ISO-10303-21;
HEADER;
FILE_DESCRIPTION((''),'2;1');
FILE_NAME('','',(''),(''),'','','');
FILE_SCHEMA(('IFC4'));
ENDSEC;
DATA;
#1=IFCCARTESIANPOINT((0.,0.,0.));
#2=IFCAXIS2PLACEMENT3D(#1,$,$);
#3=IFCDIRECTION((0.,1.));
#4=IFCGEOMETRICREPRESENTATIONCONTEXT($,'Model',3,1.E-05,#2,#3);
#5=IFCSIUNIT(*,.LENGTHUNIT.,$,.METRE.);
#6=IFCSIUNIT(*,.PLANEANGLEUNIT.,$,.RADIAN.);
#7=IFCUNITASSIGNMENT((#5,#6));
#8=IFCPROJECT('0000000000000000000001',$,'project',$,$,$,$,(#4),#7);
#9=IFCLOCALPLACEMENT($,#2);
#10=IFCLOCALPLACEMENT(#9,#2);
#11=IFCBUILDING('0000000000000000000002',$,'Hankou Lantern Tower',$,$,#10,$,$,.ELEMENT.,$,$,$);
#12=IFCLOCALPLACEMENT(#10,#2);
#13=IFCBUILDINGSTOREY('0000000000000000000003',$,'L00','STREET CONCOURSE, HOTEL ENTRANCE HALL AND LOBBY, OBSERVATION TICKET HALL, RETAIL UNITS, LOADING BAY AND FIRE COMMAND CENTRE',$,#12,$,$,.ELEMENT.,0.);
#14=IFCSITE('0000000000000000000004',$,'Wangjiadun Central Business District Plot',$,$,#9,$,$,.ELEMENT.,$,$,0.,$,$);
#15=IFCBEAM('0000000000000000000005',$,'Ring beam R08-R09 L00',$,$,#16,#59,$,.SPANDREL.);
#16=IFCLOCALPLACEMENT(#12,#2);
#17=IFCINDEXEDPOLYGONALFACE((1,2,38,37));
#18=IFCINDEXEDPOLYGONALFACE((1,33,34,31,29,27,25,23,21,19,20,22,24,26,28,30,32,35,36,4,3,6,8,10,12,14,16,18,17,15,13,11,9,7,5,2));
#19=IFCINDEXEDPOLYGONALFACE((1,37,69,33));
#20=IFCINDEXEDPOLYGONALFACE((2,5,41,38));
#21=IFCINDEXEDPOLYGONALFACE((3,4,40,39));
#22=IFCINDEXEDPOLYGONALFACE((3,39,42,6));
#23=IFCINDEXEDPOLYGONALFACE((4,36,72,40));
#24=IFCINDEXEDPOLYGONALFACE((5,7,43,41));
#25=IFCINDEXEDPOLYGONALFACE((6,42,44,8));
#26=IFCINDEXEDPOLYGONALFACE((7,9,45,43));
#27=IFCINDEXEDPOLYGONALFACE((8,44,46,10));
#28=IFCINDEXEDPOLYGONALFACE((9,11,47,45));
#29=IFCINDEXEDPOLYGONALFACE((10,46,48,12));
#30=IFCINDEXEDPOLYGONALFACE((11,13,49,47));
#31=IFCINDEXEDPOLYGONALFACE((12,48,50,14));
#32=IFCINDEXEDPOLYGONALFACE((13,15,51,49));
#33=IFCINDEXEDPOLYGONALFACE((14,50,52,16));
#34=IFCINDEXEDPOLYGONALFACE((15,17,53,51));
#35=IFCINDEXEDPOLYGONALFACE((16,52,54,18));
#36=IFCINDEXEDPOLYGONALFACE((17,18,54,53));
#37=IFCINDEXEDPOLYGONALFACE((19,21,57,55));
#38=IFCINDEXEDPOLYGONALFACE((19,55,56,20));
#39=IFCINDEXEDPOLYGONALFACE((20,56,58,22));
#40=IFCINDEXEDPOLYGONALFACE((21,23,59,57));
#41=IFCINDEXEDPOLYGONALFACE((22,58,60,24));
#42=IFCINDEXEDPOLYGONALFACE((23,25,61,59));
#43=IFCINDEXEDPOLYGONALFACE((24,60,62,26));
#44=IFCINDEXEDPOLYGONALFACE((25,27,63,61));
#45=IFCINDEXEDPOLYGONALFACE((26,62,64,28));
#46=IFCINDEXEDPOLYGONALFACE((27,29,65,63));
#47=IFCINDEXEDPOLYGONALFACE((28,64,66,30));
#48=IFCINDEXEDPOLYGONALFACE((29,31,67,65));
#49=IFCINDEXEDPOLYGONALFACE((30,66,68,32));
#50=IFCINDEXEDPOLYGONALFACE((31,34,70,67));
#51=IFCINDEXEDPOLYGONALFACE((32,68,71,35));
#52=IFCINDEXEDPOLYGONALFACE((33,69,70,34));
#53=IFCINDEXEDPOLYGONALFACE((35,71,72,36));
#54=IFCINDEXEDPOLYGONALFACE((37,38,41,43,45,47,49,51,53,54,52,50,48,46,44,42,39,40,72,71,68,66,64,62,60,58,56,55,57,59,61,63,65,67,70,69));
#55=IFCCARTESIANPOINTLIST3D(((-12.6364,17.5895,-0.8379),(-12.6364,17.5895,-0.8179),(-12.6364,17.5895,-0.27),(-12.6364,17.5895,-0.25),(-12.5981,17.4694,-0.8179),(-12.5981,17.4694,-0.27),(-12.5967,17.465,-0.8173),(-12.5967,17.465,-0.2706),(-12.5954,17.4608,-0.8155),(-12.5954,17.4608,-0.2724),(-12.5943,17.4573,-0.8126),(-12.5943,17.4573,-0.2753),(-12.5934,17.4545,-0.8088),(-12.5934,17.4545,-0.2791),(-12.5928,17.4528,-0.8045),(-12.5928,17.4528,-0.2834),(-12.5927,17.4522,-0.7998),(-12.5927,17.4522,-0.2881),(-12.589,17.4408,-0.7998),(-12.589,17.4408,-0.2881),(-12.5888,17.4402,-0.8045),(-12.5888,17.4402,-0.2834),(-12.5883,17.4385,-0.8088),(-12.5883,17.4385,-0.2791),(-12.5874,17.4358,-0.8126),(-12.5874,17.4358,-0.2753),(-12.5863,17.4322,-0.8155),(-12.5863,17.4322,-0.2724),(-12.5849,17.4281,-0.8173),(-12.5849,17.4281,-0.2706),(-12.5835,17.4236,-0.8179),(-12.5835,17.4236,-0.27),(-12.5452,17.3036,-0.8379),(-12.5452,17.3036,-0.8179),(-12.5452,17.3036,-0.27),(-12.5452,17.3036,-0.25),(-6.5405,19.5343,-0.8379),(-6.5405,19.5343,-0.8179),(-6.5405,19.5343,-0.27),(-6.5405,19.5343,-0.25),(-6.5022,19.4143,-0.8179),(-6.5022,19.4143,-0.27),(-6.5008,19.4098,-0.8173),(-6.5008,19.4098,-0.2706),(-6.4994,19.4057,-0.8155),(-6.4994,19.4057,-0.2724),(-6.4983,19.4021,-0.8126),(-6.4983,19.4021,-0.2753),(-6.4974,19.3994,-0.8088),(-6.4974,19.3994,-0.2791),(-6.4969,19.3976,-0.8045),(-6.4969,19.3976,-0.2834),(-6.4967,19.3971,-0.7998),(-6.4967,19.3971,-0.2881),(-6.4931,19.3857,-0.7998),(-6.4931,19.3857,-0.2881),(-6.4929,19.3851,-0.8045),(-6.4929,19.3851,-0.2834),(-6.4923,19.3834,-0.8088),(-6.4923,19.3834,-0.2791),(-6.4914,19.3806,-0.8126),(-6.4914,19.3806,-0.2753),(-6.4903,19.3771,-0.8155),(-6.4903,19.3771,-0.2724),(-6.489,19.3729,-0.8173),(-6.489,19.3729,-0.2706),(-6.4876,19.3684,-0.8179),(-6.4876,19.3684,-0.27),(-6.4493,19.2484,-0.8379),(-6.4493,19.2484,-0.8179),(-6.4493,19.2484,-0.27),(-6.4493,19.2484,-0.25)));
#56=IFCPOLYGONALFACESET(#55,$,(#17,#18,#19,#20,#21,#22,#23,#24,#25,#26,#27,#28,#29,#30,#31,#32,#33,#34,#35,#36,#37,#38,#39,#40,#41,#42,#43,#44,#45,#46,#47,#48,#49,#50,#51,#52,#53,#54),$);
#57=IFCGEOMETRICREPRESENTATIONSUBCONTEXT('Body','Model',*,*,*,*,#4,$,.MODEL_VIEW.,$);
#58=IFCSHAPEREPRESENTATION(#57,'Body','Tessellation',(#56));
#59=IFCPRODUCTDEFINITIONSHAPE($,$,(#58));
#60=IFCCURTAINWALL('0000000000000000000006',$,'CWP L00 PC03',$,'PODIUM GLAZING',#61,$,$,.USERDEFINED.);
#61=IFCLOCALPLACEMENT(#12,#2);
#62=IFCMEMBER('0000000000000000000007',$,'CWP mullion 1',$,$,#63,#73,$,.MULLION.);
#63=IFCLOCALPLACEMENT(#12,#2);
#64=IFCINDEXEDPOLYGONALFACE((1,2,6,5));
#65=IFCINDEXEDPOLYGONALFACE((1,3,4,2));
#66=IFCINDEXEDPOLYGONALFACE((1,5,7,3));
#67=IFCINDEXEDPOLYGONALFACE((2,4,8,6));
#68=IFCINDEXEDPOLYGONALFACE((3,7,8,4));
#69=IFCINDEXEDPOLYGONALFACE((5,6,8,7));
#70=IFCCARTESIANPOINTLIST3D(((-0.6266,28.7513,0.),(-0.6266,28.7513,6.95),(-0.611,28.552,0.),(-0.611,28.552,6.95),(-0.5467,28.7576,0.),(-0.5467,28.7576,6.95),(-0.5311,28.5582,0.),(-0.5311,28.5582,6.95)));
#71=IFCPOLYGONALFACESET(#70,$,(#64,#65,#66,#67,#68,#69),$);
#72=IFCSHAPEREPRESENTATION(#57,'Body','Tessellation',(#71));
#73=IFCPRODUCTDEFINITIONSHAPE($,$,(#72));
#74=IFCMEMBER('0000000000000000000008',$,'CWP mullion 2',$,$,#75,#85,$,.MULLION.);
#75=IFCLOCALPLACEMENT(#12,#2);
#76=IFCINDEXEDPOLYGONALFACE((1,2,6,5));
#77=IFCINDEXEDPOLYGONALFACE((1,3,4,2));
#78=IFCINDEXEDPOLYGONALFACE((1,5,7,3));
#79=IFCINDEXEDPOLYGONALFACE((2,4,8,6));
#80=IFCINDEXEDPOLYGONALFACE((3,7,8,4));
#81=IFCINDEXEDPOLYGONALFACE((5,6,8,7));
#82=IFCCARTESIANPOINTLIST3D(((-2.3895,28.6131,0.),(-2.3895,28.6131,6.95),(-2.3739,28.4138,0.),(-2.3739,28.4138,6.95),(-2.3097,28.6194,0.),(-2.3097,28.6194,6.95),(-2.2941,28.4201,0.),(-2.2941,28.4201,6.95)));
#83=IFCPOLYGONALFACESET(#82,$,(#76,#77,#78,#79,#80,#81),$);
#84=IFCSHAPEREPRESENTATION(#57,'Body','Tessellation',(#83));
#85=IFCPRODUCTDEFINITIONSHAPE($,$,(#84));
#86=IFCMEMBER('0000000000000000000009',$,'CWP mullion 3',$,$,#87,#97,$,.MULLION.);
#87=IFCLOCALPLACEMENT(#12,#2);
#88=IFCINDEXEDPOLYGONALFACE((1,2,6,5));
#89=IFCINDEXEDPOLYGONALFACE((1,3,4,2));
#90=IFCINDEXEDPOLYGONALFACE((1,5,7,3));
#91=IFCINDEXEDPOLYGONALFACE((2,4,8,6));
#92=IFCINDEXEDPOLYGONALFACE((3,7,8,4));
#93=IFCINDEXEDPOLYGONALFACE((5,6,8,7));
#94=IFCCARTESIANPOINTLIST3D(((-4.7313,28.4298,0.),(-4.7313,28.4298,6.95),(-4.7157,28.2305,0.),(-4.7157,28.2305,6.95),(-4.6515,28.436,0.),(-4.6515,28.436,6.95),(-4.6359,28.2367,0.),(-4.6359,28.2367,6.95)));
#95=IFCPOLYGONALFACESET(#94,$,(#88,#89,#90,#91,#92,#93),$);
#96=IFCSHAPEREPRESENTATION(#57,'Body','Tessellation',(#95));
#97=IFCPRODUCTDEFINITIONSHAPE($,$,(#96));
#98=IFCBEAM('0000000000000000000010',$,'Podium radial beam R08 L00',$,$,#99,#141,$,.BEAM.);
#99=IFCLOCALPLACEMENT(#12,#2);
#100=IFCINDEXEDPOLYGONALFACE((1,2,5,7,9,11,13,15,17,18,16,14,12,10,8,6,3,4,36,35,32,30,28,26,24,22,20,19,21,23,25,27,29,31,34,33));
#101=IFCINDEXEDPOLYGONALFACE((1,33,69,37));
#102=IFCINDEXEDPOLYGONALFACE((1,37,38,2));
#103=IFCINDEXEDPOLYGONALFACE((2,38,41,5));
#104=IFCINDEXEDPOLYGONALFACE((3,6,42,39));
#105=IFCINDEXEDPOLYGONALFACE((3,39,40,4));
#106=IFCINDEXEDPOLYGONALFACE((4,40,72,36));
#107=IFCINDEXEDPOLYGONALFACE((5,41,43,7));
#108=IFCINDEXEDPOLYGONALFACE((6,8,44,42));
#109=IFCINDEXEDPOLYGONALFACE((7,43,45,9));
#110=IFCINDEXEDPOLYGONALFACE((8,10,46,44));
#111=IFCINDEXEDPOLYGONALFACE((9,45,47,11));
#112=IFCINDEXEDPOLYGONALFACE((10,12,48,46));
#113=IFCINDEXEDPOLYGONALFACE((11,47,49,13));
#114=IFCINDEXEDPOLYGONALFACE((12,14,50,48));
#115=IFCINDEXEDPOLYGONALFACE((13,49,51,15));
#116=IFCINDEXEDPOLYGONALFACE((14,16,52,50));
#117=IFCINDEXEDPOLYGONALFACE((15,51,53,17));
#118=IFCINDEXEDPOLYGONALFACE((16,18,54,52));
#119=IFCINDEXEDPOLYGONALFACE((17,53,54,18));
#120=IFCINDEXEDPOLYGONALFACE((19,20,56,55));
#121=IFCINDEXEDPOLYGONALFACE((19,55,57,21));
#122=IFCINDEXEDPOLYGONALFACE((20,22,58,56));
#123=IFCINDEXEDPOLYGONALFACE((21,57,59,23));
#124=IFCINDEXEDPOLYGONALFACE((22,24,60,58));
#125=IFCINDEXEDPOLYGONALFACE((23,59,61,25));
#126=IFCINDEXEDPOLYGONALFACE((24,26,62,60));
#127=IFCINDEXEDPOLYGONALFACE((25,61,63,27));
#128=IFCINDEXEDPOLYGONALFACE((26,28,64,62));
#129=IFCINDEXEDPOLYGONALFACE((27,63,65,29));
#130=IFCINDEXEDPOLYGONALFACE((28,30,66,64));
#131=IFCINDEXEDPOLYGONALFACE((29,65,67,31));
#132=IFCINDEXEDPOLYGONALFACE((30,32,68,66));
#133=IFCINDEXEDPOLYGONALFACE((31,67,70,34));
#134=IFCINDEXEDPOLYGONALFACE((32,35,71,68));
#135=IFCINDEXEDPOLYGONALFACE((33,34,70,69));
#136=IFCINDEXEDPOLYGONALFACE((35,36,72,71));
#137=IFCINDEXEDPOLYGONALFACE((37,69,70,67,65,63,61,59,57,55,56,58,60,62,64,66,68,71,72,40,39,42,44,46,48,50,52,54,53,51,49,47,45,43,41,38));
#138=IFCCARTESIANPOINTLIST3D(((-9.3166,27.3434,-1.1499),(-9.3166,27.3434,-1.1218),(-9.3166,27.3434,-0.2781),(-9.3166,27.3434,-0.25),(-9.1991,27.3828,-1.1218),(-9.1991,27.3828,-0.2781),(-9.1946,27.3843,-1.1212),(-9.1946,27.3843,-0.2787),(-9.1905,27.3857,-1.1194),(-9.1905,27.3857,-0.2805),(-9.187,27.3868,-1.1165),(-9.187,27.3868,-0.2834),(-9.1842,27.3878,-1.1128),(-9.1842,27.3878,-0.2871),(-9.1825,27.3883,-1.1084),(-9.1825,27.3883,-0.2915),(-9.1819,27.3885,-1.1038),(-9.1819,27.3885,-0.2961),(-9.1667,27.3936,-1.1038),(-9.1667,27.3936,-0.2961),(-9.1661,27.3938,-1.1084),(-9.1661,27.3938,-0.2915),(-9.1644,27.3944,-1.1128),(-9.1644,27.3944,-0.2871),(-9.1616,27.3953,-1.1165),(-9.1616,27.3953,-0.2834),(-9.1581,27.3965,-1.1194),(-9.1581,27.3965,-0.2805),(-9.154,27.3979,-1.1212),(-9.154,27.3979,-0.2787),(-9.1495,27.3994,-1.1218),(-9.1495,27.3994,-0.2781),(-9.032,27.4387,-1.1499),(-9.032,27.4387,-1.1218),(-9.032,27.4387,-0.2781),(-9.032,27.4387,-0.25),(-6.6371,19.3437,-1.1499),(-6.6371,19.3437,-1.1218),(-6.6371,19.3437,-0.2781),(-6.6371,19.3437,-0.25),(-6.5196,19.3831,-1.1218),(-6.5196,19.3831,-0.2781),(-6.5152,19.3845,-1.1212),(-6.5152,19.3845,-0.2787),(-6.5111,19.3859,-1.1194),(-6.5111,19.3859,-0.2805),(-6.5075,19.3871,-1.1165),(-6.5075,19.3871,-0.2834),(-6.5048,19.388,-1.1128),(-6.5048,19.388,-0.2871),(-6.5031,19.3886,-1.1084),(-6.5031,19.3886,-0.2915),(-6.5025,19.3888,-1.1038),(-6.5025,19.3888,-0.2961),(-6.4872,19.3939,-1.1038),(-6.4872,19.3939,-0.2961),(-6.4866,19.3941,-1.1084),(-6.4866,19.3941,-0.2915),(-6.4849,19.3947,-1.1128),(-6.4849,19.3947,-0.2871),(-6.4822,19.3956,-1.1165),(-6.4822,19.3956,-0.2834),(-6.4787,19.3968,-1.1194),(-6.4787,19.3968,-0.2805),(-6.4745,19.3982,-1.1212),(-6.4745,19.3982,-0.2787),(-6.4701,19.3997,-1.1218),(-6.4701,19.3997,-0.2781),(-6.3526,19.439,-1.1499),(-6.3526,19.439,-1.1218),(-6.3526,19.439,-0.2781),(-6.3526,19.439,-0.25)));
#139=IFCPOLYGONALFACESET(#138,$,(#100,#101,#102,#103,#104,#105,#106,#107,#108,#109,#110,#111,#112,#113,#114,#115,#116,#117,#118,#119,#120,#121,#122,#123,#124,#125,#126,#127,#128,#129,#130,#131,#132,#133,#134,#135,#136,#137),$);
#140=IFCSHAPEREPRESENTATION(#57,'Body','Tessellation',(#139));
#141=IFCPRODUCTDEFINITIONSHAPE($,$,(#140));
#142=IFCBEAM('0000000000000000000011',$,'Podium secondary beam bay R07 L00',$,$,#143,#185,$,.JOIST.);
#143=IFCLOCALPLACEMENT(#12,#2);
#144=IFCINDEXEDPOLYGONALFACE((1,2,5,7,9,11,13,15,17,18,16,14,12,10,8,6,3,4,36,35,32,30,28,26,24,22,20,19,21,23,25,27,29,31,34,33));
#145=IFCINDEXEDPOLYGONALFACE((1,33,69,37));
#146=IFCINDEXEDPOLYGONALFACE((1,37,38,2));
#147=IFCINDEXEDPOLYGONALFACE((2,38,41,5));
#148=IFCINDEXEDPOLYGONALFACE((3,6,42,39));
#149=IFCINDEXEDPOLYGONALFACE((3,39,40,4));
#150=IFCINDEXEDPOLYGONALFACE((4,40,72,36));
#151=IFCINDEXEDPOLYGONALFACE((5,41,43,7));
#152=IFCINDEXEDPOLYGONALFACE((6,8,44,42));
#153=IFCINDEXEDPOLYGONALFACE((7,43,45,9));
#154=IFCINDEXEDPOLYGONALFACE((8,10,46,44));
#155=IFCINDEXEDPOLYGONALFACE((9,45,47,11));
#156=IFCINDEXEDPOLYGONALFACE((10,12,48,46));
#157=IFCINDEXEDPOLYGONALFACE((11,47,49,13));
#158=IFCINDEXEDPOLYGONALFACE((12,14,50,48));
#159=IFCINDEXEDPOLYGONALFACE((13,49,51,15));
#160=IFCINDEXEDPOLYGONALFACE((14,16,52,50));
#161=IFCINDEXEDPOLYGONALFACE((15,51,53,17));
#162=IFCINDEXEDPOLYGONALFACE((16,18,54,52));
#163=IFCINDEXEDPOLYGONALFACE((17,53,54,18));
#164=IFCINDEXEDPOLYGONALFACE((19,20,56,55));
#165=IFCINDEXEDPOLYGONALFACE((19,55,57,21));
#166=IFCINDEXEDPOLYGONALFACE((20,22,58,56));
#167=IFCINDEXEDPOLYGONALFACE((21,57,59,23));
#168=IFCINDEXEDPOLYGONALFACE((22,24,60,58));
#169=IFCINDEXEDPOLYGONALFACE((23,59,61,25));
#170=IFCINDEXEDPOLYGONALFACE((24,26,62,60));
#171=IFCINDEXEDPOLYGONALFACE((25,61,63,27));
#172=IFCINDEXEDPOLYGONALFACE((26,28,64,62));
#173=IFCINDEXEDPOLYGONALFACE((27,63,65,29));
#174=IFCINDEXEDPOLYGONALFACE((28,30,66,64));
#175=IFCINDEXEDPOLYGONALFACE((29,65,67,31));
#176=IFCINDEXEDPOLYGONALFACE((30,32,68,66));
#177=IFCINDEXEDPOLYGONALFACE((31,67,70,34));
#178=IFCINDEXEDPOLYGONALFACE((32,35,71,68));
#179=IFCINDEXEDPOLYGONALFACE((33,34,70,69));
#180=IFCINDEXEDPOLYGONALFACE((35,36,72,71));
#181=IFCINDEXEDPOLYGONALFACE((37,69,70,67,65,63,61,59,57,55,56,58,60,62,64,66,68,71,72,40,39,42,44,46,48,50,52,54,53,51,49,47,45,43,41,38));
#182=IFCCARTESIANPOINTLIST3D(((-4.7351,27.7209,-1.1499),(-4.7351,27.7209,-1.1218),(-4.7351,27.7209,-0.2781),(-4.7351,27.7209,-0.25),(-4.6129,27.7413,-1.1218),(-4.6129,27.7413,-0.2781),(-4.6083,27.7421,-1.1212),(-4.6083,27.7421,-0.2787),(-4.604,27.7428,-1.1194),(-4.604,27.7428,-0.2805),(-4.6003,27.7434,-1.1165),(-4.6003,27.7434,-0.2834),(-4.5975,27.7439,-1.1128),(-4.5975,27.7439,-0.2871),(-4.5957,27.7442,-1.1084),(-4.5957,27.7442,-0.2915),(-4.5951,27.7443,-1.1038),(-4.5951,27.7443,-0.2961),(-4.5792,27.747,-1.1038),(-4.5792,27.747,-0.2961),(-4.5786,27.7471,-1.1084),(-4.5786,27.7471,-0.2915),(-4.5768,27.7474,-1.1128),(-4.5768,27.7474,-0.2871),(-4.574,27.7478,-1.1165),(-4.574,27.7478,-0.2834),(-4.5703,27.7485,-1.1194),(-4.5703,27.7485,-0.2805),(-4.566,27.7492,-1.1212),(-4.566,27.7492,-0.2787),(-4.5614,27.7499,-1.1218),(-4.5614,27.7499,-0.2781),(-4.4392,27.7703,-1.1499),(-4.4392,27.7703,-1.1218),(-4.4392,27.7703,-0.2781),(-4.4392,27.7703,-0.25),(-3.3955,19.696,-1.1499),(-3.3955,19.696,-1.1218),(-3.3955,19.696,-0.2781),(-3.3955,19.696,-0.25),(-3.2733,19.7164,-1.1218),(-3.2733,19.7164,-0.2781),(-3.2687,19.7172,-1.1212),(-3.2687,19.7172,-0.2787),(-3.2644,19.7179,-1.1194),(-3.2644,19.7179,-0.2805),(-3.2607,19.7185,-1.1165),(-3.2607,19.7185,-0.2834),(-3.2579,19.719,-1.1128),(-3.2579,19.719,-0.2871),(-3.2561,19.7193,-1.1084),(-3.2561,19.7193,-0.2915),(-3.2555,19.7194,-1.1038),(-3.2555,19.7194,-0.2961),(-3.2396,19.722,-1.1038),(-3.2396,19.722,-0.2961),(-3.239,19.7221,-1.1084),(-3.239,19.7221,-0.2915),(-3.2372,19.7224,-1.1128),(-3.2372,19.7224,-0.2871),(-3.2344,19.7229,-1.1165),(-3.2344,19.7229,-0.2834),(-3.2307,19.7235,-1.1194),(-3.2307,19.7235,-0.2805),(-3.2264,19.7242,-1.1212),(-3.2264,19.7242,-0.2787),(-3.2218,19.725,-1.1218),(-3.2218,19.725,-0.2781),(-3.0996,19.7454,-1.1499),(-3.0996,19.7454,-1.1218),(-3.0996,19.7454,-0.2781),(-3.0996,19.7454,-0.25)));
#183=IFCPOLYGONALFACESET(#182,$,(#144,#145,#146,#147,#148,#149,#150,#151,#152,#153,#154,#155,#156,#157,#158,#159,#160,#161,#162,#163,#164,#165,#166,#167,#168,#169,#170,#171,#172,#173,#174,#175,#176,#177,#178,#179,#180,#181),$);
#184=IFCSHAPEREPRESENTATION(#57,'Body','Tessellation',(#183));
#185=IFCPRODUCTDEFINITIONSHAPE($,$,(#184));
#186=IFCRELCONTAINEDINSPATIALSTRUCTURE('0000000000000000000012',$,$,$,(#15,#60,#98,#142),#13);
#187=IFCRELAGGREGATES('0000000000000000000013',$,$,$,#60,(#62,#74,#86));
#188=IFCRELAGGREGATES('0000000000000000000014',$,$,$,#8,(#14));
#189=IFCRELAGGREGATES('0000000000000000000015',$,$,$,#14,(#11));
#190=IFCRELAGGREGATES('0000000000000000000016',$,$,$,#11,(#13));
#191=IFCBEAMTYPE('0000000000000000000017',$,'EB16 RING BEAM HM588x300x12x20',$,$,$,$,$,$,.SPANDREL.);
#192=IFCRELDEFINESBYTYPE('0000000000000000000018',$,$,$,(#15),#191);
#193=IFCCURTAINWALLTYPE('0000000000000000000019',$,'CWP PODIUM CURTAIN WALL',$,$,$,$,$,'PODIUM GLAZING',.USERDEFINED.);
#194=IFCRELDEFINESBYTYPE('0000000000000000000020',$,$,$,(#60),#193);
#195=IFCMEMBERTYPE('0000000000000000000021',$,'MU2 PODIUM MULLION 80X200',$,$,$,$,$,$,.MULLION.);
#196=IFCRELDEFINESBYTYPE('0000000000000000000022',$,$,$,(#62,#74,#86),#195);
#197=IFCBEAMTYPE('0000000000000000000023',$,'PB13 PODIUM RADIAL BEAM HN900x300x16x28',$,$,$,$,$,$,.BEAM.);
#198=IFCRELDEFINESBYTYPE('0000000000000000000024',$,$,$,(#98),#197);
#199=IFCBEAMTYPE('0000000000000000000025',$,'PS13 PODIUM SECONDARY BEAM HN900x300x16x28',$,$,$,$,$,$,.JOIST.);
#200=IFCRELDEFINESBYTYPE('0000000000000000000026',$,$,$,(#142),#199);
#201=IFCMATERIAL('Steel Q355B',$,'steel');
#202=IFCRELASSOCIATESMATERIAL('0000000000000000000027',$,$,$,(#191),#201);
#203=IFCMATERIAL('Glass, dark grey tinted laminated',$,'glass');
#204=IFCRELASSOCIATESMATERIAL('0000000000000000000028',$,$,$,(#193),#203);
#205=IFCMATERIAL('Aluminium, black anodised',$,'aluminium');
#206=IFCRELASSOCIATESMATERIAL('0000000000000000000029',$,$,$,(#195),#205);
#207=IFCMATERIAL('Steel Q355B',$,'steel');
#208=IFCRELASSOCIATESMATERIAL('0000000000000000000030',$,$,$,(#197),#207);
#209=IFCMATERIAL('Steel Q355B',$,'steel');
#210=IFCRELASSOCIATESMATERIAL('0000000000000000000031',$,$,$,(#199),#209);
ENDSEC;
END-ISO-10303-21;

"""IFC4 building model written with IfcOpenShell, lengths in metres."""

from ifc_helpers import new_model, si_unit, direction, frame, origin, origin_2d, place, context, subcontext, project, spatial, rectangle, i_section, extrude, material, material_profile, profile_set, type_object, element, aggregate, save


model = new_model("IFC4")

# Units and contexts
model_context = context("Model", 3, precision=1e-05, world=origin(), true_north=direction((0.0, 1.0)))
body_context = subcontext(model_context, "Body", "Model", "MODEL_VIEW")
ifc_project = project(units=[si_unit("LENGTHUNIT", "METRE"), si_unit("PLANEANGLEUNIT", "RADIAN")], contexts=[model_context])

# Site, building, storey
site_placement = place(None, origin())
site = spatial("IfcSite", under=ifc_project, at=site_placement, Name="Wangjiadun Central Business District Plot", CompositionType="ELEMENT", RefElevation=0.0)
building_placement = place(site_placement, origin())
building = spatial("IfcBuilding", under=site, at=building_placement, Name="Hankou Lantern Tower", CompositionType="ELEMENT")
storey_placement = place(building_placement, origin())
storey = spatial("IfcBuildingStorey", under=building, at=storey_placement, Name="L00", Description="STREET CONCOURSE, HOTEL ENTRANCE HALL AND LOBBY, OBSERVATION TICKET HALL, RETAIL UNITS, LOADING BAY AND FIRE COMMAND CENTRE", CompositionType="ELEMENT", Elevation=0.0)

# Beam
ifc_material_1 = material(Name="Steel Q355B", Category="steel")
ifc_material_profile_1 = material_profile(ifc_material_1, i_section(OverallWidth=0.3, OverallDepth=0.5879, WebThickness=0.012, FlangeThickness=0.02, FilletRadius=0.0181, at=origin_2d()), Name="HM588x300x12x20")
ifc_profile_set_1 = profile_set([ifc_material_profile_1], Name="Steel Q355B")
beam_type_1 = type_object("IfcBeamType", Name="EB16 RING BEAM HM588x300x12x20", PredefinedType="SPANDREL", material=ifc_profile_set_1)
beam_1_placement = place(storey_placement, frame((-6.4949, 19.3914, -0.5439), z_axis=(-0.95269, -0.303942, 0.0), x_axis=(0.303942, -0.95269, 0.0)))
element("IfcBeam", 1, at=beam_1_placement, inside=storey, type_object=beam_type_1, Name="Ring beam R08-R09 L00", PredefinedType="SPANDREL", context=body_context, shape_type="SweptSolid", body=[
    extrude(i_section(OverallWidth=0.3, OverallDepth=0.5879, WebThickness=0.012, FlangeThickness=0.02, FilletRadius=0.0181, at=origin_2d()), origin(), (0.0, 0.0, 1.0), 6.3987),
])

# Curtain wall, members
ifc_material_2 = material(Name="Glass, dark grey tinted laminated", Category="glass")
curtain_wall_type = type_object("IfcCurtainWallType", Name="CWP PODIUM CURTAIN WALL", ElementType="PODIUM GLAZING", PredefinedType="USERDEFINED", material=ifc_material_2)
curtain_wall_placement = place(storey_placement, origin())
curtain_wall = element("IfcCurtainWall", 2, at=curtain_wall_placement, inside=storey, type_object=curtain_wall_type, Name="CWP L00 PC03", ObjectType="PODIUM GLAZING", PredefinedType="USERDEFINED")
ifc_material_3 = material(Name="Aluminium, black anodised", Category="aluminium")
ifc_material_profile_2 = material_profile(ifc_material_3, rectangle(XDim=0.0801, YDim=0.2, at=origin_2d()), Name="MU2 80X200")
ifc_profile_set_2 = profile_set([ifc_material_profile_2], Name="Aluminium, black anodised")
member_type_1 = type_object("IfcMemberType", Name="MU2 PODIUM MULLION 80X200", PredefinedType="MULLION", material=ifc_profile_set_2)
member_1_placement = place(storey_placement, frame((-0.5789, 28.6548, 0.0), z_axis=(0.0, 0.0, 1.0), x_axis=(-0.996949, -0.078062, 0.0)))
member_1 = element("IfcMember", 3, at=member_1_placement, type_object=member_type_1, Name="CWP mullion 1", PredefinedType="MULLION", context=body_context, shape_type="SweptSolid", body=[
    extrude(rectangle(XDim=0.0801, YDim=0.2, at=origin_2d()), origin(), (0.0, 0.0, 1.0), 6.95),
])
member_2_placement = place(storey_placement, frame((-2.3418, 28.5166, 0.0), z_axis=(0.0, 0.0, 1.0), x_axis=(-0.996949, -0.078062, 0.0)))
member_2 = element("IfcMember", 4, at=member_2_placement, type_object=member_type_1, Name="CWP mullion 2", PredefinedType="MULLION", context=body_context, shape_type="SweptSolid", body=[
    extrude(rectangle(XDim=0.0801, YDim=0.2, at=origin_2d()), origin(), (0.0, 0.0, 1.0), 6.95),
])
member_3_placement = place(storey_placement, frame((-4.6836, 28.3333, 0.0), z_axis=(0.0, 0.0, 1.0), x_axis=(-0.996949, -0.078062, 0.0)))
member_3 = element("IfcMember", 5, at=member_3_placement, type_object=member_type_1, Name="CWP mullion 3", PredefinedType="MULLION", context=body_context, shape_type="SweptSolid", body=[
    extrude(rectangle(XDim=0.0801, YDim=0.2, at=origin_2d()), origin(), (0.0, 0.0, 1.0), 6.95),
])

# Beams
ifc_material_4 = material(Name="Steel Q355B", Category="steel")
ifc_material_profile_3 = material_profile(ifc_material_4, i_section(OverallWidth=0.3, OverallDepth=0.8999, WebThickness=0.0161, FlangeThickness=0.0281, FilletRadius=0.0181, at=origin_2d()), Name="HN900x300x16x28")
ifc_profile_set_3 = profile_set([ifc_material_profile_3], Name="Steel Q355B")
beam_type_2 = type_object("IfcBeamType", Name="PB13 PODIUM RADIAL BEAM HN900x300x16x28", PredefinedType="BEAM", material=ifc_profile_set_3)
beam_2_placement = place(storey_placement, frame((-6.4949, 19.3914, -0.7), z_axis=(-0.317599, 0.948225, 0.0), x_axis=(-0.948225, -0.317599, 0.0)))
element("IfcBeam", 6, at=beam_2_placement, inside=storey, type_object=beam_type_2, Name="Podium radial beam R08 L00", PredefinedType="BEAM", context=body_context, shape_type="SweptSolid", body=[
    extrude(i_section(OverallWidth=0.3, OverallDepth=0.8999, WebThickness=0.0161, FlangeThickness=0.0281, FilletRadius=0.0181, at=origin_2d()), origin(), (0.0, 0.0, 1.0), 8.4365),
])
ifc_material_5 = material(Name="Steel Q355B", Category="steel")
ifc_material_profile_4 = material_profile(ifc_material_5, i_section(OverallWidth=0.3, OverallDepth=0.8999, WebThickness=0.0161, FlangeThickness=0.0281, FilletRadius=0.0181, at=origin_2d()), Name="HN900x300x16x28")
ifc_profile_set_4 = profile_set([ifc_material_profile_4], Name="Steel Q355B")
beam_type_3 = type_object("IfcBeamType", Name="PS13 PODIUM SECONDARY BEAM HN900x300x16x28", PredefinedType="JOIST", material=ifc_profile_set_4)
beam_3_placement = place(storey_placement, frame((-3.2476, 19.7207, -0.7), z_axis=(-0.164652, 0.986352, 0.0), x_axis=(-0.986352, -0.164652, 0.0)))
element("IfcBeam", 7, at=beam_3_placement, inside=storey, type_object=beam_type_3, Name="Podium secondary beam bay R07 L00", PredefinedType="JOIST", context=body_context, shape_type="SweptSolid", body=[
    extrude(i_section(OverallWidth=0.3, OverallDepth=0.8999, WebThickness=0.0161, FlangeThickness=0.0281, FilletRadius=0.0181, at=origin_2d()), origin(), (0.0, 0.0, 1.0), 8.136),
])

aggregate(curtain_wall, [member_1, member_2, member_3])

save(model, "model.ifc")
